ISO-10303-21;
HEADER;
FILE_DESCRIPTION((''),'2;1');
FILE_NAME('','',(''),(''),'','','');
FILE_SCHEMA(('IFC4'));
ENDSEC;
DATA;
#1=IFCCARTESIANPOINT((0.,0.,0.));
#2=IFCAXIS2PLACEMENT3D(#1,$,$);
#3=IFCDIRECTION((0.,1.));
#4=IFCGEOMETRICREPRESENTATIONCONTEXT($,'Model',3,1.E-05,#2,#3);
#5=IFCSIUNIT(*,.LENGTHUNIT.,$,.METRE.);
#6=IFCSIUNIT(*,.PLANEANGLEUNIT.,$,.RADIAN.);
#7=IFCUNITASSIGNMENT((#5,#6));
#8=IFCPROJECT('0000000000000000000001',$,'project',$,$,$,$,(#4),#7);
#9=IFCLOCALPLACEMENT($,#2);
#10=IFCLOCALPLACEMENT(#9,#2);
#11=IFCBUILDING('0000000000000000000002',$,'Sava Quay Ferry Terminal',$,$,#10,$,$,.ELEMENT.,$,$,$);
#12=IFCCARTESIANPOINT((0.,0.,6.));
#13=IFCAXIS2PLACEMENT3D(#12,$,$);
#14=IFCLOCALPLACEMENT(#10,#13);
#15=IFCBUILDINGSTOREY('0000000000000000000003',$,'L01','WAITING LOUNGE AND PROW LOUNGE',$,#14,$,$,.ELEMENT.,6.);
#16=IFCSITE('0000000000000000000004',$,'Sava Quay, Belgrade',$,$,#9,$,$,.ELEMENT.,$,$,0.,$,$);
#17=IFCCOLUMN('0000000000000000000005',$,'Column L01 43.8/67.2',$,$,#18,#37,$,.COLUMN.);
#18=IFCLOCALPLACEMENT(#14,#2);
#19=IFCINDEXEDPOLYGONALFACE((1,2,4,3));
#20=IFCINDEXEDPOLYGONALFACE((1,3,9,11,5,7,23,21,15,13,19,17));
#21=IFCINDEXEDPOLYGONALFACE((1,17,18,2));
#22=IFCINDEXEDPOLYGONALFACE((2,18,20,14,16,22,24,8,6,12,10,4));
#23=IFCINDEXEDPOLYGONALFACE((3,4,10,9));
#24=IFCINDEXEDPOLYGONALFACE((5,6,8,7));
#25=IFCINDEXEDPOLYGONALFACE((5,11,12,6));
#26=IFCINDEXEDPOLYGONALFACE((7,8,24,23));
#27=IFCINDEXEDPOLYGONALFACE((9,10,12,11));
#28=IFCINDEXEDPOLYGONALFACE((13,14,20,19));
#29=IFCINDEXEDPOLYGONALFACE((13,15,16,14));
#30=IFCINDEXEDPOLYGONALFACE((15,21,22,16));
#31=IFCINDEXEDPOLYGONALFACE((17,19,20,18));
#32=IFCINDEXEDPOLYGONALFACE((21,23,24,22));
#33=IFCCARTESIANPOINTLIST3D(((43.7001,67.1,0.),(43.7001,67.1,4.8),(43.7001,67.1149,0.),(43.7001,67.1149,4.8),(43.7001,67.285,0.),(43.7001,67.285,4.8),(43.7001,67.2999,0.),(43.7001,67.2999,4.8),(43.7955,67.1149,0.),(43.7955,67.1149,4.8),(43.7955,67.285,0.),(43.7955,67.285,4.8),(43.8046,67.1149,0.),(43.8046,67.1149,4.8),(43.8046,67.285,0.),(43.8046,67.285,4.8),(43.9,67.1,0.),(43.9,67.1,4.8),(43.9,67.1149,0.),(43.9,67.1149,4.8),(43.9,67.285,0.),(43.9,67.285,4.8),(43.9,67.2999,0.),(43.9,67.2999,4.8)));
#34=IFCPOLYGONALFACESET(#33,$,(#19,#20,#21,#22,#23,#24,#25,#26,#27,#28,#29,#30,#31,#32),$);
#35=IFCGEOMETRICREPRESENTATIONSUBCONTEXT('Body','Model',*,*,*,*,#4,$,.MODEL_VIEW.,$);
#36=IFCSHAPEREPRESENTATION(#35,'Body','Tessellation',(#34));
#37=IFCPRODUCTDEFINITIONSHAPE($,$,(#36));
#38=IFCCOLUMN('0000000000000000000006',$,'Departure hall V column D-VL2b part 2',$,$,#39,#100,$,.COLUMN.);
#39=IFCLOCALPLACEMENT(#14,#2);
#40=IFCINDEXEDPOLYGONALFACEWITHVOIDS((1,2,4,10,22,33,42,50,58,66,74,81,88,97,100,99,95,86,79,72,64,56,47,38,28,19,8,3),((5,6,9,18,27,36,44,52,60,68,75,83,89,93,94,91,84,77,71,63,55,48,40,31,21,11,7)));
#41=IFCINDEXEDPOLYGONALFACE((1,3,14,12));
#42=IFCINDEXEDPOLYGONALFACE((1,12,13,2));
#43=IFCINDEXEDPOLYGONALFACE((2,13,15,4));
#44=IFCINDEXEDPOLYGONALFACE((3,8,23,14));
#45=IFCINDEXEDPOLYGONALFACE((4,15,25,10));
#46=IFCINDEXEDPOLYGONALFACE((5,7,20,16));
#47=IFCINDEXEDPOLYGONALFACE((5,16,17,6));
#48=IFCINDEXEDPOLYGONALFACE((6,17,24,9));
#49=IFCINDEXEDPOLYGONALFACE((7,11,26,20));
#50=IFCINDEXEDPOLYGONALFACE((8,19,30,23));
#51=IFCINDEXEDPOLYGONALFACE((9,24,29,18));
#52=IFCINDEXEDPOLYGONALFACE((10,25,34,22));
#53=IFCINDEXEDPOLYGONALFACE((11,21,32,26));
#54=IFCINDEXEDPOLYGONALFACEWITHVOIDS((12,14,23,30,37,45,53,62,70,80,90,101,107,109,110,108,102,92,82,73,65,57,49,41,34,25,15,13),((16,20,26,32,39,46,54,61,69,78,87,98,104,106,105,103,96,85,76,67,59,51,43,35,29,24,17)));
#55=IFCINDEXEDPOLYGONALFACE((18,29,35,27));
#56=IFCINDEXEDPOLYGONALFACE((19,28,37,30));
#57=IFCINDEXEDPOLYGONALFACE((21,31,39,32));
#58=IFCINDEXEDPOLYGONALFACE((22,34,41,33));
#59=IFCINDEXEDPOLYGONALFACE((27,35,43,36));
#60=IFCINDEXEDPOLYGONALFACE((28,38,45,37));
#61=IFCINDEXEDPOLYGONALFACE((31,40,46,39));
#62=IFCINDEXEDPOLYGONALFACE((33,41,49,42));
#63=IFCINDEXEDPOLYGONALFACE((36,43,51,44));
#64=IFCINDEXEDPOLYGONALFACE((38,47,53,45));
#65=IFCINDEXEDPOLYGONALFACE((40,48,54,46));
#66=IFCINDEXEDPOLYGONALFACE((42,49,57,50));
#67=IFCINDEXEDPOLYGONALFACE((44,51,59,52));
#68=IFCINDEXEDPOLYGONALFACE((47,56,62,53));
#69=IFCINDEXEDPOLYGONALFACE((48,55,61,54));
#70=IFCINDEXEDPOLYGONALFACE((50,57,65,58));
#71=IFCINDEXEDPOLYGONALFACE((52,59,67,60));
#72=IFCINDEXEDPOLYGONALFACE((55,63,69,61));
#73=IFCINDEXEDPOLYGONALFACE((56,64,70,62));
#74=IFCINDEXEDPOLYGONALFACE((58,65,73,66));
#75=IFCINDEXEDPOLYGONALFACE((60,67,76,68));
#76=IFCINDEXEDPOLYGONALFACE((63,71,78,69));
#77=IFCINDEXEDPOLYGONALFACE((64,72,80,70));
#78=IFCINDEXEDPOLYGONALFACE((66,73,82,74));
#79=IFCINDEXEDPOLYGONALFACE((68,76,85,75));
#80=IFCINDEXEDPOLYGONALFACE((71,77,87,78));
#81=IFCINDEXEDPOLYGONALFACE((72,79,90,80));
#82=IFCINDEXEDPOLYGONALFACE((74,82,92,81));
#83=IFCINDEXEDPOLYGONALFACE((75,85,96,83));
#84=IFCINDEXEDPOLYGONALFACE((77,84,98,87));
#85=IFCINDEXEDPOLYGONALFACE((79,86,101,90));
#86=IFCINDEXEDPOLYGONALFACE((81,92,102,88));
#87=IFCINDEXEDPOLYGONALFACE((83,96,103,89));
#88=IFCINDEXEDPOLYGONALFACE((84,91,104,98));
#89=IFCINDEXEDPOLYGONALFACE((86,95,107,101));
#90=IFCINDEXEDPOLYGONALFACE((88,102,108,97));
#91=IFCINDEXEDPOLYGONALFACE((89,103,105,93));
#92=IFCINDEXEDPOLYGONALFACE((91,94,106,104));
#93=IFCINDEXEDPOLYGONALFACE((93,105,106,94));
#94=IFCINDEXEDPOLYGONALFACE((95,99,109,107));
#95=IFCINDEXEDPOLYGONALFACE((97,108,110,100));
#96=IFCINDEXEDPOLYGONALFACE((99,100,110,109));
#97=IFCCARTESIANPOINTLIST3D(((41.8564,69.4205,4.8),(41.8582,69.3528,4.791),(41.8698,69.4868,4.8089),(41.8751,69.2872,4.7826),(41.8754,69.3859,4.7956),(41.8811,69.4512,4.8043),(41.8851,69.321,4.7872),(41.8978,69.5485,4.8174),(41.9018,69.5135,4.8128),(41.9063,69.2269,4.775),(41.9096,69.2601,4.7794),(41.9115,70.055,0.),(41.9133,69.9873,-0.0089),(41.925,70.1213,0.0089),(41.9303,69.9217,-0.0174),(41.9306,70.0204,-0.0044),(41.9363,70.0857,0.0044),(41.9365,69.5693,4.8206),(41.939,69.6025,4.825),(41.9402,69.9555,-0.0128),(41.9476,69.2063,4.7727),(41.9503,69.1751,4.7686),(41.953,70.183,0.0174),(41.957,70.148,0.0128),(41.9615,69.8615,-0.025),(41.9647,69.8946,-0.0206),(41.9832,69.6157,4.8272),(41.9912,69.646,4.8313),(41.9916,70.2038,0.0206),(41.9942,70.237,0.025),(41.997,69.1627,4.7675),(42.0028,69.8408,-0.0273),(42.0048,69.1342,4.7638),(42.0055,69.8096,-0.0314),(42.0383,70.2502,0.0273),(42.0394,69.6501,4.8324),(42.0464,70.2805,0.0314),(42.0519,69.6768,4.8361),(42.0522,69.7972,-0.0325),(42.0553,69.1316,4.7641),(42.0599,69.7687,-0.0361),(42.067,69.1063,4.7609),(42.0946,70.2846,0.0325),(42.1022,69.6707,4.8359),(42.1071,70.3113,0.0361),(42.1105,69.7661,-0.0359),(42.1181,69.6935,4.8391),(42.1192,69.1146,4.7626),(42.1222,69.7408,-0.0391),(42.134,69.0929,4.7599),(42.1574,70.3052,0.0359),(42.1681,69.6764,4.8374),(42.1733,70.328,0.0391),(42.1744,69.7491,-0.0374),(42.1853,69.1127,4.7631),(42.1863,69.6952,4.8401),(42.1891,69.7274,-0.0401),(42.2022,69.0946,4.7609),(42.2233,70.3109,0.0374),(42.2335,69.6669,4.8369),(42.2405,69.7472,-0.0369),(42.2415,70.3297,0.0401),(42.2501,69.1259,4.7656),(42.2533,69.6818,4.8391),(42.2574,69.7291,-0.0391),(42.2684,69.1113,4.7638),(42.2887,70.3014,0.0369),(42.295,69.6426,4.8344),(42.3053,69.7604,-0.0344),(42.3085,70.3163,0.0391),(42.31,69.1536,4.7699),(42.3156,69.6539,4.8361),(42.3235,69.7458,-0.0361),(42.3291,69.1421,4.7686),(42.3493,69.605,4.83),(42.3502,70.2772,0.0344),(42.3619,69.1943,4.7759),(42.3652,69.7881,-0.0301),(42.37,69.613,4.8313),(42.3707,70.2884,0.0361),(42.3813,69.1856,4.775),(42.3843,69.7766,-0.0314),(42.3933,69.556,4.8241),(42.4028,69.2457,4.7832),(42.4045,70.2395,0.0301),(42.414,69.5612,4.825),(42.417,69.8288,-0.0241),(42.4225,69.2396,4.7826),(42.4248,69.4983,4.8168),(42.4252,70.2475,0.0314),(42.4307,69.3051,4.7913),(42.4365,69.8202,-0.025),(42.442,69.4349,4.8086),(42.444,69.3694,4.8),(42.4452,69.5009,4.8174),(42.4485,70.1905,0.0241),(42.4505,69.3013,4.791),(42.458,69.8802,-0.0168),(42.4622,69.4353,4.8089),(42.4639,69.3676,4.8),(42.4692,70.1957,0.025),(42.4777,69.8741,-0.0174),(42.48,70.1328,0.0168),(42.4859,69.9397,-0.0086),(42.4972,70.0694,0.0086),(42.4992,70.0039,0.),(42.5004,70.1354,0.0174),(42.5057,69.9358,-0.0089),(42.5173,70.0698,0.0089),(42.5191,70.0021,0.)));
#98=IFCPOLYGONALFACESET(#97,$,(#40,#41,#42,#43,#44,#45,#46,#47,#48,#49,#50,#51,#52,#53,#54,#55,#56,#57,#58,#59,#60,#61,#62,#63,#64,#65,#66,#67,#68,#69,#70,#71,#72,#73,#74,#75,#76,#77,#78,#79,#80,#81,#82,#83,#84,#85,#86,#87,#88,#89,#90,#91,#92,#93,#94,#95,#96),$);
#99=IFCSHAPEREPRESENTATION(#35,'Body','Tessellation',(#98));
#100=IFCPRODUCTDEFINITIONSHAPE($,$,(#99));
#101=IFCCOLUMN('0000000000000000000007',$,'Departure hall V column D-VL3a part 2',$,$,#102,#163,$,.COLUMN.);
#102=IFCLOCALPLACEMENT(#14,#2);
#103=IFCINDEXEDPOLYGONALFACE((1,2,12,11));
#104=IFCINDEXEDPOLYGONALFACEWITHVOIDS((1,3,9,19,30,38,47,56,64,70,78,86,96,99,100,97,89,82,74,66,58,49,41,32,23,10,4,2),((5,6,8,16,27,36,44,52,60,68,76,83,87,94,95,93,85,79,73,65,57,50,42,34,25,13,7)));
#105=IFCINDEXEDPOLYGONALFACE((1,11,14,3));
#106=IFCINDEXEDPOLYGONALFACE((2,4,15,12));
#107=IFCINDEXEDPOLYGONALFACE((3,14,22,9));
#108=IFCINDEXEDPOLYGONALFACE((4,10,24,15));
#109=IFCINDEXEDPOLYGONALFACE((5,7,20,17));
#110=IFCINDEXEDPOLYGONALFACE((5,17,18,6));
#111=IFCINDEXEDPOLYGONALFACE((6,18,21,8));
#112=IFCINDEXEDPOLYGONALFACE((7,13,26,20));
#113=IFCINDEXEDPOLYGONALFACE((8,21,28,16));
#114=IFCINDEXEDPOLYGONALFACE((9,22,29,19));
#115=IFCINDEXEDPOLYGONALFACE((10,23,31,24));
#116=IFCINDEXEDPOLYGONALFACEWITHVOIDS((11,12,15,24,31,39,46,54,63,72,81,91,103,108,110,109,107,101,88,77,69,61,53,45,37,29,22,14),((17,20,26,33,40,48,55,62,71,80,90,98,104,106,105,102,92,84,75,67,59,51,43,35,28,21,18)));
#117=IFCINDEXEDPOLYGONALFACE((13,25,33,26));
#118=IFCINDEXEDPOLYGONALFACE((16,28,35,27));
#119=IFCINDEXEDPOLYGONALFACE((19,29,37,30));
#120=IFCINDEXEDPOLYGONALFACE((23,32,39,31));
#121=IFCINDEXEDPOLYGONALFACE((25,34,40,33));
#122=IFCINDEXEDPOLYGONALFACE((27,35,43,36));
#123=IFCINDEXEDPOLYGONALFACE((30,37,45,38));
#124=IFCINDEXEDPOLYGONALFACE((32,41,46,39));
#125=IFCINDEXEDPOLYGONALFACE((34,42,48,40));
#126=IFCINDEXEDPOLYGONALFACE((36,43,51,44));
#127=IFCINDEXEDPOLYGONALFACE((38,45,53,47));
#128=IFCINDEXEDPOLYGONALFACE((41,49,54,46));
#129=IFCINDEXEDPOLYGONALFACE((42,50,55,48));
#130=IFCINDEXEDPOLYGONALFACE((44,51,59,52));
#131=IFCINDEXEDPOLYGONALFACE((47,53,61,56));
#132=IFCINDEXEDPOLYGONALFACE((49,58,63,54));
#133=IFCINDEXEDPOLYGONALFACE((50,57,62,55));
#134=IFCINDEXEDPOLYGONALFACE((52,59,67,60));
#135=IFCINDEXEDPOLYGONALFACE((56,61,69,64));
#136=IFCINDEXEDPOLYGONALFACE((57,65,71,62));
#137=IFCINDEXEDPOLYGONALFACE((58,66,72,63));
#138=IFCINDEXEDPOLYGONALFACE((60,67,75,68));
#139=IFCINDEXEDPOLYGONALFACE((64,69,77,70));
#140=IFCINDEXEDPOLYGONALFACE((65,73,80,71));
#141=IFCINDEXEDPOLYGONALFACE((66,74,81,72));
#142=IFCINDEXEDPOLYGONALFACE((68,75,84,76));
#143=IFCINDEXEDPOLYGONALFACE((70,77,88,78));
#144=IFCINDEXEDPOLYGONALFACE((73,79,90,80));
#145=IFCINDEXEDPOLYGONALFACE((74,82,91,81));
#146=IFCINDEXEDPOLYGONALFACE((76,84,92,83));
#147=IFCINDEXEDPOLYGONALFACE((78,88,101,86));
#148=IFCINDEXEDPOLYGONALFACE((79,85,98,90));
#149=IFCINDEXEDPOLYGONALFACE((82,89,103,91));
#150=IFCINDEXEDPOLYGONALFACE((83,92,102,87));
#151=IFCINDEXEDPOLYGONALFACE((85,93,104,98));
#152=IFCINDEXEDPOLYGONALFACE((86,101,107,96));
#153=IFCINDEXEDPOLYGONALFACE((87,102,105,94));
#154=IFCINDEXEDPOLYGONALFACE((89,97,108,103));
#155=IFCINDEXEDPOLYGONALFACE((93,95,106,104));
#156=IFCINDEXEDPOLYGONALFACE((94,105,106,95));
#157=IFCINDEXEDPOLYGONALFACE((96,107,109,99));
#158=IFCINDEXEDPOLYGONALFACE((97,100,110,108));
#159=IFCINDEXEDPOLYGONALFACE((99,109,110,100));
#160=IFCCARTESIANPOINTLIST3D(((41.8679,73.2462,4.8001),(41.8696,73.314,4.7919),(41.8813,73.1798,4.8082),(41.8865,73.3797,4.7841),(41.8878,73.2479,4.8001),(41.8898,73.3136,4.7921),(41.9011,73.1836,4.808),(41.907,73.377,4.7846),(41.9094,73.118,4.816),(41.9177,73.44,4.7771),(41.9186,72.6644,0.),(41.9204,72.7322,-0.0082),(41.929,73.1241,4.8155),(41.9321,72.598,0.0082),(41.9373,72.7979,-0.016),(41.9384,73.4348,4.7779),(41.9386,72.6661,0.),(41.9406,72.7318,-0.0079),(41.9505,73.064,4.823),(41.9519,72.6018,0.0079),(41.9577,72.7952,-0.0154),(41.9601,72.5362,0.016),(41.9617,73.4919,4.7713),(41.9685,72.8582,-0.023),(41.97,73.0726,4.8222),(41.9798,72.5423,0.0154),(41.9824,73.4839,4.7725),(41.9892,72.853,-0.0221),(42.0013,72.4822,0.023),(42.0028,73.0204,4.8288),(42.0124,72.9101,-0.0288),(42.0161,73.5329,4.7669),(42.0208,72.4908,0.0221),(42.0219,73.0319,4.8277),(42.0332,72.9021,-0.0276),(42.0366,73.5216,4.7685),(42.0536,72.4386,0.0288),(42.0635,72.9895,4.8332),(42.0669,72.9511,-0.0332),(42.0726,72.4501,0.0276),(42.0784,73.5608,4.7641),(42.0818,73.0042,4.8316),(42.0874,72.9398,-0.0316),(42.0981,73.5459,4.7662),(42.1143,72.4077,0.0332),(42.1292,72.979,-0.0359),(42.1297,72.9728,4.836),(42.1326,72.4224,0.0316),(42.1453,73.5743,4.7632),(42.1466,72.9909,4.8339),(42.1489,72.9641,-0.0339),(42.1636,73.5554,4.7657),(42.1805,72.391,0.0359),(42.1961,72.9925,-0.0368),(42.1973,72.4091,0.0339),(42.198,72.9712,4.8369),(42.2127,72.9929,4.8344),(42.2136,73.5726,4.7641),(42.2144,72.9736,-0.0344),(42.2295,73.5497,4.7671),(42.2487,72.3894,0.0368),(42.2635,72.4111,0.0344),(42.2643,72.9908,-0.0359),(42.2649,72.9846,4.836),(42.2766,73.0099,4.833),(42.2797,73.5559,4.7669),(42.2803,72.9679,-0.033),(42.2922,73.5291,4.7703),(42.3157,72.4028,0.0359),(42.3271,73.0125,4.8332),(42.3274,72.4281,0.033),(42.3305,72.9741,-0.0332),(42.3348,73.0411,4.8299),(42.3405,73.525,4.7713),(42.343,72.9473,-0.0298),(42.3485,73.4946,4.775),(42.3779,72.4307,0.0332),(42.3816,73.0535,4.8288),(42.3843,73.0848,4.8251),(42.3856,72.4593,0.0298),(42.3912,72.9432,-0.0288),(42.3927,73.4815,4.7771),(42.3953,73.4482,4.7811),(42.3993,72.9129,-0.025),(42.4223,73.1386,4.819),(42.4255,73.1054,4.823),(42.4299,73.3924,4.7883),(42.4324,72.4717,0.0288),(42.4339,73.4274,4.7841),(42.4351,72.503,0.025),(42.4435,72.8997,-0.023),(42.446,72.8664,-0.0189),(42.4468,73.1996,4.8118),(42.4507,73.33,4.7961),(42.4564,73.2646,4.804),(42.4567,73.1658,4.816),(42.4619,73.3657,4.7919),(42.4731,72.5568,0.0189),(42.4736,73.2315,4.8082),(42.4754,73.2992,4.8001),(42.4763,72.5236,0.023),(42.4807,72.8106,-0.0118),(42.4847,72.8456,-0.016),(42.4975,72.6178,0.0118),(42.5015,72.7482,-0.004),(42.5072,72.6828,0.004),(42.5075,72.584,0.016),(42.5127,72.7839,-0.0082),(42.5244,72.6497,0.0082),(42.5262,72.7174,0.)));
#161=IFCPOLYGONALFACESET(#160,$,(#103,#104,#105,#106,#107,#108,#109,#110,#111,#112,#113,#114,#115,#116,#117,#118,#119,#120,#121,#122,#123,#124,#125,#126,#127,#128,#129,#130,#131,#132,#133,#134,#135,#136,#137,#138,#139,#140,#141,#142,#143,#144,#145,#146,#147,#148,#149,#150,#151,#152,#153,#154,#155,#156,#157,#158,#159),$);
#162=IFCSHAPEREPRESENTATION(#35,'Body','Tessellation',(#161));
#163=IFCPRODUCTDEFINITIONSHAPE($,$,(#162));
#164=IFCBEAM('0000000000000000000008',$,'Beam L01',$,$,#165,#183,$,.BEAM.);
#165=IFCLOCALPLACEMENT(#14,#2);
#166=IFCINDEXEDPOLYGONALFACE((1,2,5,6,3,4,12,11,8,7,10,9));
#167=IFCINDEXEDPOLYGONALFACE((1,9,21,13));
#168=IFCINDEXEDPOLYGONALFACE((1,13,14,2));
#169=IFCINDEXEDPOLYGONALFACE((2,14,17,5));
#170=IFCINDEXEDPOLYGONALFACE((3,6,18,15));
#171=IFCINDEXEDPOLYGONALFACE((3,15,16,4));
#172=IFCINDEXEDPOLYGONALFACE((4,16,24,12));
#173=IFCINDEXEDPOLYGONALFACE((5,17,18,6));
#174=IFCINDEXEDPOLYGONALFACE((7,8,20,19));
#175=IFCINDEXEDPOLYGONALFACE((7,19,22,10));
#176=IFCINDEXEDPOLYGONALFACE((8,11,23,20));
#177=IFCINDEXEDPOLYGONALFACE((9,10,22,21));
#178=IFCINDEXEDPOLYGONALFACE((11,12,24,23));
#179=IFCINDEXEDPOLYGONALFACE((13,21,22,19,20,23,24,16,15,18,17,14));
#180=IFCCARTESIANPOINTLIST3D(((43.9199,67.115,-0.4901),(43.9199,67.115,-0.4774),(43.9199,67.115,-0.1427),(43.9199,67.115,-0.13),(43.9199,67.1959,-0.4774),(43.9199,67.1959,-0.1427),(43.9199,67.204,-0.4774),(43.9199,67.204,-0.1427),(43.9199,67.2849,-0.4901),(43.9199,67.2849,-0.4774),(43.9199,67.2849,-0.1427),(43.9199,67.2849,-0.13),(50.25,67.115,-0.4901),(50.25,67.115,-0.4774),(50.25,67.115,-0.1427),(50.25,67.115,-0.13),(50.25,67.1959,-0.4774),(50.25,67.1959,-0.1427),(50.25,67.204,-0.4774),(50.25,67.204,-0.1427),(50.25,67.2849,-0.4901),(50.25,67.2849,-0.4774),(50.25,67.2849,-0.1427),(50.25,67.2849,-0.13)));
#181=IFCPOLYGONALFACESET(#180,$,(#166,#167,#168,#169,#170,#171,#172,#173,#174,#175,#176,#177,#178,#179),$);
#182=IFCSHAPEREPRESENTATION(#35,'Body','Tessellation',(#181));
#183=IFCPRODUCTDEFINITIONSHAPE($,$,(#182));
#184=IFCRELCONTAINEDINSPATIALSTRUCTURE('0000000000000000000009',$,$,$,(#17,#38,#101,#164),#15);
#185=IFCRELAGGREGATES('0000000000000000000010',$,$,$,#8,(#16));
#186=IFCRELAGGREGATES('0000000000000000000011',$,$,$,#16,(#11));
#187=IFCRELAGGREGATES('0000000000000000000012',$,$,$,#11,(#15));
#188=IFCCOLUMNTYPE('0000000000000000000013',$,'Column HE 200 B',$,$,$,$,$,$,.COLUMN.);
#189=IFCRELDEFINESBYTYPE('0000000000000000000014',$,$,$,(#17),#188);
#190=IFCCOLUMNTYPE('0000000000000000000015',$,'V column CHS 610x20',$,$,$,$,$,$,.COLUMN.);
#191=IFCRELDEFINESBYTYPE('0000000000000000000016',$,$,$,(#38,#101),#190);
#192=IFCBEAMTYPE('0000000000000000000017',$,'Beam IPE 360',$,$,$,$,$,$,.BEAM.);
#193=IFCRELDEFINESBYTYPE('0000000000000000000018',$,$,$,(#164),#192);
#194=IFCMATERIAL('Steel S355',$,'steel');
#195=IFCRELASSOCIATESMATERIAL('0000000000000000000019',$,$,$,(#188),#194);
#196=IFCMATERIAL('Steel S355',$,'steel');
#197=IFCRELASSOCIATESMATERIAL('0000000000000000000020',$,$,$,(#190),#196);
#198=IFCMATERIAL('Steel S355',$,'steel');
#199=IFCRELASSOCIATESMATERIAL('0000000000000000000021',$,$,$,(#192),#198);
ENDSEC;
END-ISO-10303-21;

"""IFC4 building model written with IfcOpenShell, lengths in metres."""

from ifc_helpers import new_model, si_unit, direction, frame, origin, origin_2d, place, context, subcontext, project, spatial, hollow_circle, i_section, extrude, material, material_profile, profile_set, type_object, element, save


model = new_model("IFC4")

# Units and contexts
model_context = context("Model", 3, precision=1e-05, world=origin(), true_north=direction((0.0, 1.0)))
body_context = subcontext(model_context, "Body", "Model", "MODEL_VIEW")
ifc_project = project(units=[si_unit("LENGTHUNIT", "METRE"), si_unit("PLANEANGLEUNIT", "RADIAN")], contexts=[model_context])

# Site, building, storey
site_placement = place(None, origin())
site = spatial("IfcSite", under=ifc_project, at=site_placement, Name="Sava Quay, Belgrade", CompositionType="ELEMENT", RefElevation=0.0)
building_placement = place(site_placement, origin())
building = spatial("IfcBuilding", under=site, at=building_placement, Name="Sava Quay Ferry Terminal", CompositionType="ELEMENT")
storey_placement = place(building_placement, frame((0.0, 0.0, 6.0)))
storey = spatial("IfcBuildingStorey", under=building, at=storey_placement, Name="L01", Description="WAITING LOUNGE AND PROW LOUNGE", CompositionType="ELEMENT", Elevation=6.0)

# Columns
ifc_material_1 = material(Name="Steel S355", Category="steel")
ifc_material_profile_1 = material_profile(ifc_material_1, i_section(OverallWidth=0.2, OverallDepth=0.2, WebThickness=0.009, FlangeThickness=0.0149, at=origin_2d()), Name="HE 200 B")
ifc_profile_set_1 = profile_set([ifc_material_profile_1], Name="Steel S355")
column_type_1 = type_object("IfcColumnType", Name="Column HE 200 B", PredefinedType="COLUMN", material=ifc_profile_set_1)
column_1_placement = place(storey_placement, frame((43.8, 67.2, 0.0), z_axis=(0.0, 0.0, 1.0), x_axis=(1.0, 0.0, 0.0)))
element("IfcColumn", 1, at=column_1_placement, inside=storey, type_object=column_type_1, Name="Column L01 43.8/67.2", PredefinedType="COLUMN", context=body_context, shape_type="SweptSolid", body=[
    extrude(i_section(OverallWidth=0.2, OverallDepth=0.2, WebThickness=0.009, FlangeThickness=0.0149, at=origin_2d()), origin(), (0.0, 0.0, 1.0), 4.8),
])
ifc_material_2 = material(Name="Steel S355", Category="steel")
ifc_material_profile_2 = material_profile(ifc_material_2, hollow_circle(Radius=0.3049, WallThickness=0.02, at=origin_2d()), Name="CHS 610 x 20.0")
ifc_profile_set_2 = profile_set([ifc_material_profile_2], Name="Steel S355")
column_type_2 = type_object("IfcColumnType", Name="V column CHS 610x20", PredefinedType="COLUMN", material=ifc_profile_set_2)
column_2_placement = place(storey_placement, frame((42.2153, 70.0286, 0.0), z_axis=(-0.011395, -0.131042, 0.991311), x_axis=(0.996241, -0.08663, 0.0)))
element("IfcColumn", 2, at=column_2_placement, inside=storey, type_object=column_type_2, Name="Departure hall V column D-VL2b part 2", PredefinedType="COLUMN", context=body_context, shape_type="SweptSolid", body=[
    extrude(hollow_circle(Radius=0.3049, WallThickness=0.02, at=origin_2d()), origin(), (0.0, 0.0, 1.0), 4.842),
])
column_3_placement = place(storey_placement, frame((42.2224, 72.6909, 0.0), z_axis=(-0.010502, 0.120317, 0.99268), x_axis=(-0.996212, -0.086954, 0.0)))
element("IfcColumn", 3, at=column_3_placement, inside=storey, type_object=column_type_2, Name="Departure hall V column D-VL3a part 2", PredefinedType="COLUMN", context=body_context, shape_type="SweptSolid", body=[
    extrude(hollow_circle(Radius=0.3049, WallThickness=0.02, at=origin_2d()), origin(), (0.0, 0.0, 1.0), 4.8354),
])

# Beam
ifc_material_3 = material(Name="Steel S355", Category="steel")
ifc_material_profile_3 = material_profile(ifc_material_3, i_section(OverallWidth=0.1699, OverallDepth=0.3601, WebThickness=0.0081, FlangeThickness=0.0127, at=origin_2d()), Name="IPE 360")
ifc_profile_set_3 = profile_set([ifc_material_profile_3], Name="Steel S355")
beam_type_1 = type_object("IfcBeamType", Name="Beam IPE 360", PredefinedType="BEAM", material=ifc_profile_set_3)
beam_1_placement = place(storey_placement, frame((43.9199, 67.2, -0.3101), z_axis=(1.0, 0.0, 0.0), x_axis=(0.0, 1.0, 0.0)))
element("IfcBeam", 4, at=beam_1_placement, inside=storey, type_object=beam_type_1, Name="Beam L01", PredefinedType="BEAM", context=body_context, shape_type="SweptSolid", body=[
    extrude(i_section(OverallWidth=0.1699, OverallDepth=0.3601, WebThickness=0.0081, FlangeThickness=0.0127, at=origin_2d()), origin(), (0.0, 0.0, 1.0), 6.3301),
])

save(model, "model.ifc")
